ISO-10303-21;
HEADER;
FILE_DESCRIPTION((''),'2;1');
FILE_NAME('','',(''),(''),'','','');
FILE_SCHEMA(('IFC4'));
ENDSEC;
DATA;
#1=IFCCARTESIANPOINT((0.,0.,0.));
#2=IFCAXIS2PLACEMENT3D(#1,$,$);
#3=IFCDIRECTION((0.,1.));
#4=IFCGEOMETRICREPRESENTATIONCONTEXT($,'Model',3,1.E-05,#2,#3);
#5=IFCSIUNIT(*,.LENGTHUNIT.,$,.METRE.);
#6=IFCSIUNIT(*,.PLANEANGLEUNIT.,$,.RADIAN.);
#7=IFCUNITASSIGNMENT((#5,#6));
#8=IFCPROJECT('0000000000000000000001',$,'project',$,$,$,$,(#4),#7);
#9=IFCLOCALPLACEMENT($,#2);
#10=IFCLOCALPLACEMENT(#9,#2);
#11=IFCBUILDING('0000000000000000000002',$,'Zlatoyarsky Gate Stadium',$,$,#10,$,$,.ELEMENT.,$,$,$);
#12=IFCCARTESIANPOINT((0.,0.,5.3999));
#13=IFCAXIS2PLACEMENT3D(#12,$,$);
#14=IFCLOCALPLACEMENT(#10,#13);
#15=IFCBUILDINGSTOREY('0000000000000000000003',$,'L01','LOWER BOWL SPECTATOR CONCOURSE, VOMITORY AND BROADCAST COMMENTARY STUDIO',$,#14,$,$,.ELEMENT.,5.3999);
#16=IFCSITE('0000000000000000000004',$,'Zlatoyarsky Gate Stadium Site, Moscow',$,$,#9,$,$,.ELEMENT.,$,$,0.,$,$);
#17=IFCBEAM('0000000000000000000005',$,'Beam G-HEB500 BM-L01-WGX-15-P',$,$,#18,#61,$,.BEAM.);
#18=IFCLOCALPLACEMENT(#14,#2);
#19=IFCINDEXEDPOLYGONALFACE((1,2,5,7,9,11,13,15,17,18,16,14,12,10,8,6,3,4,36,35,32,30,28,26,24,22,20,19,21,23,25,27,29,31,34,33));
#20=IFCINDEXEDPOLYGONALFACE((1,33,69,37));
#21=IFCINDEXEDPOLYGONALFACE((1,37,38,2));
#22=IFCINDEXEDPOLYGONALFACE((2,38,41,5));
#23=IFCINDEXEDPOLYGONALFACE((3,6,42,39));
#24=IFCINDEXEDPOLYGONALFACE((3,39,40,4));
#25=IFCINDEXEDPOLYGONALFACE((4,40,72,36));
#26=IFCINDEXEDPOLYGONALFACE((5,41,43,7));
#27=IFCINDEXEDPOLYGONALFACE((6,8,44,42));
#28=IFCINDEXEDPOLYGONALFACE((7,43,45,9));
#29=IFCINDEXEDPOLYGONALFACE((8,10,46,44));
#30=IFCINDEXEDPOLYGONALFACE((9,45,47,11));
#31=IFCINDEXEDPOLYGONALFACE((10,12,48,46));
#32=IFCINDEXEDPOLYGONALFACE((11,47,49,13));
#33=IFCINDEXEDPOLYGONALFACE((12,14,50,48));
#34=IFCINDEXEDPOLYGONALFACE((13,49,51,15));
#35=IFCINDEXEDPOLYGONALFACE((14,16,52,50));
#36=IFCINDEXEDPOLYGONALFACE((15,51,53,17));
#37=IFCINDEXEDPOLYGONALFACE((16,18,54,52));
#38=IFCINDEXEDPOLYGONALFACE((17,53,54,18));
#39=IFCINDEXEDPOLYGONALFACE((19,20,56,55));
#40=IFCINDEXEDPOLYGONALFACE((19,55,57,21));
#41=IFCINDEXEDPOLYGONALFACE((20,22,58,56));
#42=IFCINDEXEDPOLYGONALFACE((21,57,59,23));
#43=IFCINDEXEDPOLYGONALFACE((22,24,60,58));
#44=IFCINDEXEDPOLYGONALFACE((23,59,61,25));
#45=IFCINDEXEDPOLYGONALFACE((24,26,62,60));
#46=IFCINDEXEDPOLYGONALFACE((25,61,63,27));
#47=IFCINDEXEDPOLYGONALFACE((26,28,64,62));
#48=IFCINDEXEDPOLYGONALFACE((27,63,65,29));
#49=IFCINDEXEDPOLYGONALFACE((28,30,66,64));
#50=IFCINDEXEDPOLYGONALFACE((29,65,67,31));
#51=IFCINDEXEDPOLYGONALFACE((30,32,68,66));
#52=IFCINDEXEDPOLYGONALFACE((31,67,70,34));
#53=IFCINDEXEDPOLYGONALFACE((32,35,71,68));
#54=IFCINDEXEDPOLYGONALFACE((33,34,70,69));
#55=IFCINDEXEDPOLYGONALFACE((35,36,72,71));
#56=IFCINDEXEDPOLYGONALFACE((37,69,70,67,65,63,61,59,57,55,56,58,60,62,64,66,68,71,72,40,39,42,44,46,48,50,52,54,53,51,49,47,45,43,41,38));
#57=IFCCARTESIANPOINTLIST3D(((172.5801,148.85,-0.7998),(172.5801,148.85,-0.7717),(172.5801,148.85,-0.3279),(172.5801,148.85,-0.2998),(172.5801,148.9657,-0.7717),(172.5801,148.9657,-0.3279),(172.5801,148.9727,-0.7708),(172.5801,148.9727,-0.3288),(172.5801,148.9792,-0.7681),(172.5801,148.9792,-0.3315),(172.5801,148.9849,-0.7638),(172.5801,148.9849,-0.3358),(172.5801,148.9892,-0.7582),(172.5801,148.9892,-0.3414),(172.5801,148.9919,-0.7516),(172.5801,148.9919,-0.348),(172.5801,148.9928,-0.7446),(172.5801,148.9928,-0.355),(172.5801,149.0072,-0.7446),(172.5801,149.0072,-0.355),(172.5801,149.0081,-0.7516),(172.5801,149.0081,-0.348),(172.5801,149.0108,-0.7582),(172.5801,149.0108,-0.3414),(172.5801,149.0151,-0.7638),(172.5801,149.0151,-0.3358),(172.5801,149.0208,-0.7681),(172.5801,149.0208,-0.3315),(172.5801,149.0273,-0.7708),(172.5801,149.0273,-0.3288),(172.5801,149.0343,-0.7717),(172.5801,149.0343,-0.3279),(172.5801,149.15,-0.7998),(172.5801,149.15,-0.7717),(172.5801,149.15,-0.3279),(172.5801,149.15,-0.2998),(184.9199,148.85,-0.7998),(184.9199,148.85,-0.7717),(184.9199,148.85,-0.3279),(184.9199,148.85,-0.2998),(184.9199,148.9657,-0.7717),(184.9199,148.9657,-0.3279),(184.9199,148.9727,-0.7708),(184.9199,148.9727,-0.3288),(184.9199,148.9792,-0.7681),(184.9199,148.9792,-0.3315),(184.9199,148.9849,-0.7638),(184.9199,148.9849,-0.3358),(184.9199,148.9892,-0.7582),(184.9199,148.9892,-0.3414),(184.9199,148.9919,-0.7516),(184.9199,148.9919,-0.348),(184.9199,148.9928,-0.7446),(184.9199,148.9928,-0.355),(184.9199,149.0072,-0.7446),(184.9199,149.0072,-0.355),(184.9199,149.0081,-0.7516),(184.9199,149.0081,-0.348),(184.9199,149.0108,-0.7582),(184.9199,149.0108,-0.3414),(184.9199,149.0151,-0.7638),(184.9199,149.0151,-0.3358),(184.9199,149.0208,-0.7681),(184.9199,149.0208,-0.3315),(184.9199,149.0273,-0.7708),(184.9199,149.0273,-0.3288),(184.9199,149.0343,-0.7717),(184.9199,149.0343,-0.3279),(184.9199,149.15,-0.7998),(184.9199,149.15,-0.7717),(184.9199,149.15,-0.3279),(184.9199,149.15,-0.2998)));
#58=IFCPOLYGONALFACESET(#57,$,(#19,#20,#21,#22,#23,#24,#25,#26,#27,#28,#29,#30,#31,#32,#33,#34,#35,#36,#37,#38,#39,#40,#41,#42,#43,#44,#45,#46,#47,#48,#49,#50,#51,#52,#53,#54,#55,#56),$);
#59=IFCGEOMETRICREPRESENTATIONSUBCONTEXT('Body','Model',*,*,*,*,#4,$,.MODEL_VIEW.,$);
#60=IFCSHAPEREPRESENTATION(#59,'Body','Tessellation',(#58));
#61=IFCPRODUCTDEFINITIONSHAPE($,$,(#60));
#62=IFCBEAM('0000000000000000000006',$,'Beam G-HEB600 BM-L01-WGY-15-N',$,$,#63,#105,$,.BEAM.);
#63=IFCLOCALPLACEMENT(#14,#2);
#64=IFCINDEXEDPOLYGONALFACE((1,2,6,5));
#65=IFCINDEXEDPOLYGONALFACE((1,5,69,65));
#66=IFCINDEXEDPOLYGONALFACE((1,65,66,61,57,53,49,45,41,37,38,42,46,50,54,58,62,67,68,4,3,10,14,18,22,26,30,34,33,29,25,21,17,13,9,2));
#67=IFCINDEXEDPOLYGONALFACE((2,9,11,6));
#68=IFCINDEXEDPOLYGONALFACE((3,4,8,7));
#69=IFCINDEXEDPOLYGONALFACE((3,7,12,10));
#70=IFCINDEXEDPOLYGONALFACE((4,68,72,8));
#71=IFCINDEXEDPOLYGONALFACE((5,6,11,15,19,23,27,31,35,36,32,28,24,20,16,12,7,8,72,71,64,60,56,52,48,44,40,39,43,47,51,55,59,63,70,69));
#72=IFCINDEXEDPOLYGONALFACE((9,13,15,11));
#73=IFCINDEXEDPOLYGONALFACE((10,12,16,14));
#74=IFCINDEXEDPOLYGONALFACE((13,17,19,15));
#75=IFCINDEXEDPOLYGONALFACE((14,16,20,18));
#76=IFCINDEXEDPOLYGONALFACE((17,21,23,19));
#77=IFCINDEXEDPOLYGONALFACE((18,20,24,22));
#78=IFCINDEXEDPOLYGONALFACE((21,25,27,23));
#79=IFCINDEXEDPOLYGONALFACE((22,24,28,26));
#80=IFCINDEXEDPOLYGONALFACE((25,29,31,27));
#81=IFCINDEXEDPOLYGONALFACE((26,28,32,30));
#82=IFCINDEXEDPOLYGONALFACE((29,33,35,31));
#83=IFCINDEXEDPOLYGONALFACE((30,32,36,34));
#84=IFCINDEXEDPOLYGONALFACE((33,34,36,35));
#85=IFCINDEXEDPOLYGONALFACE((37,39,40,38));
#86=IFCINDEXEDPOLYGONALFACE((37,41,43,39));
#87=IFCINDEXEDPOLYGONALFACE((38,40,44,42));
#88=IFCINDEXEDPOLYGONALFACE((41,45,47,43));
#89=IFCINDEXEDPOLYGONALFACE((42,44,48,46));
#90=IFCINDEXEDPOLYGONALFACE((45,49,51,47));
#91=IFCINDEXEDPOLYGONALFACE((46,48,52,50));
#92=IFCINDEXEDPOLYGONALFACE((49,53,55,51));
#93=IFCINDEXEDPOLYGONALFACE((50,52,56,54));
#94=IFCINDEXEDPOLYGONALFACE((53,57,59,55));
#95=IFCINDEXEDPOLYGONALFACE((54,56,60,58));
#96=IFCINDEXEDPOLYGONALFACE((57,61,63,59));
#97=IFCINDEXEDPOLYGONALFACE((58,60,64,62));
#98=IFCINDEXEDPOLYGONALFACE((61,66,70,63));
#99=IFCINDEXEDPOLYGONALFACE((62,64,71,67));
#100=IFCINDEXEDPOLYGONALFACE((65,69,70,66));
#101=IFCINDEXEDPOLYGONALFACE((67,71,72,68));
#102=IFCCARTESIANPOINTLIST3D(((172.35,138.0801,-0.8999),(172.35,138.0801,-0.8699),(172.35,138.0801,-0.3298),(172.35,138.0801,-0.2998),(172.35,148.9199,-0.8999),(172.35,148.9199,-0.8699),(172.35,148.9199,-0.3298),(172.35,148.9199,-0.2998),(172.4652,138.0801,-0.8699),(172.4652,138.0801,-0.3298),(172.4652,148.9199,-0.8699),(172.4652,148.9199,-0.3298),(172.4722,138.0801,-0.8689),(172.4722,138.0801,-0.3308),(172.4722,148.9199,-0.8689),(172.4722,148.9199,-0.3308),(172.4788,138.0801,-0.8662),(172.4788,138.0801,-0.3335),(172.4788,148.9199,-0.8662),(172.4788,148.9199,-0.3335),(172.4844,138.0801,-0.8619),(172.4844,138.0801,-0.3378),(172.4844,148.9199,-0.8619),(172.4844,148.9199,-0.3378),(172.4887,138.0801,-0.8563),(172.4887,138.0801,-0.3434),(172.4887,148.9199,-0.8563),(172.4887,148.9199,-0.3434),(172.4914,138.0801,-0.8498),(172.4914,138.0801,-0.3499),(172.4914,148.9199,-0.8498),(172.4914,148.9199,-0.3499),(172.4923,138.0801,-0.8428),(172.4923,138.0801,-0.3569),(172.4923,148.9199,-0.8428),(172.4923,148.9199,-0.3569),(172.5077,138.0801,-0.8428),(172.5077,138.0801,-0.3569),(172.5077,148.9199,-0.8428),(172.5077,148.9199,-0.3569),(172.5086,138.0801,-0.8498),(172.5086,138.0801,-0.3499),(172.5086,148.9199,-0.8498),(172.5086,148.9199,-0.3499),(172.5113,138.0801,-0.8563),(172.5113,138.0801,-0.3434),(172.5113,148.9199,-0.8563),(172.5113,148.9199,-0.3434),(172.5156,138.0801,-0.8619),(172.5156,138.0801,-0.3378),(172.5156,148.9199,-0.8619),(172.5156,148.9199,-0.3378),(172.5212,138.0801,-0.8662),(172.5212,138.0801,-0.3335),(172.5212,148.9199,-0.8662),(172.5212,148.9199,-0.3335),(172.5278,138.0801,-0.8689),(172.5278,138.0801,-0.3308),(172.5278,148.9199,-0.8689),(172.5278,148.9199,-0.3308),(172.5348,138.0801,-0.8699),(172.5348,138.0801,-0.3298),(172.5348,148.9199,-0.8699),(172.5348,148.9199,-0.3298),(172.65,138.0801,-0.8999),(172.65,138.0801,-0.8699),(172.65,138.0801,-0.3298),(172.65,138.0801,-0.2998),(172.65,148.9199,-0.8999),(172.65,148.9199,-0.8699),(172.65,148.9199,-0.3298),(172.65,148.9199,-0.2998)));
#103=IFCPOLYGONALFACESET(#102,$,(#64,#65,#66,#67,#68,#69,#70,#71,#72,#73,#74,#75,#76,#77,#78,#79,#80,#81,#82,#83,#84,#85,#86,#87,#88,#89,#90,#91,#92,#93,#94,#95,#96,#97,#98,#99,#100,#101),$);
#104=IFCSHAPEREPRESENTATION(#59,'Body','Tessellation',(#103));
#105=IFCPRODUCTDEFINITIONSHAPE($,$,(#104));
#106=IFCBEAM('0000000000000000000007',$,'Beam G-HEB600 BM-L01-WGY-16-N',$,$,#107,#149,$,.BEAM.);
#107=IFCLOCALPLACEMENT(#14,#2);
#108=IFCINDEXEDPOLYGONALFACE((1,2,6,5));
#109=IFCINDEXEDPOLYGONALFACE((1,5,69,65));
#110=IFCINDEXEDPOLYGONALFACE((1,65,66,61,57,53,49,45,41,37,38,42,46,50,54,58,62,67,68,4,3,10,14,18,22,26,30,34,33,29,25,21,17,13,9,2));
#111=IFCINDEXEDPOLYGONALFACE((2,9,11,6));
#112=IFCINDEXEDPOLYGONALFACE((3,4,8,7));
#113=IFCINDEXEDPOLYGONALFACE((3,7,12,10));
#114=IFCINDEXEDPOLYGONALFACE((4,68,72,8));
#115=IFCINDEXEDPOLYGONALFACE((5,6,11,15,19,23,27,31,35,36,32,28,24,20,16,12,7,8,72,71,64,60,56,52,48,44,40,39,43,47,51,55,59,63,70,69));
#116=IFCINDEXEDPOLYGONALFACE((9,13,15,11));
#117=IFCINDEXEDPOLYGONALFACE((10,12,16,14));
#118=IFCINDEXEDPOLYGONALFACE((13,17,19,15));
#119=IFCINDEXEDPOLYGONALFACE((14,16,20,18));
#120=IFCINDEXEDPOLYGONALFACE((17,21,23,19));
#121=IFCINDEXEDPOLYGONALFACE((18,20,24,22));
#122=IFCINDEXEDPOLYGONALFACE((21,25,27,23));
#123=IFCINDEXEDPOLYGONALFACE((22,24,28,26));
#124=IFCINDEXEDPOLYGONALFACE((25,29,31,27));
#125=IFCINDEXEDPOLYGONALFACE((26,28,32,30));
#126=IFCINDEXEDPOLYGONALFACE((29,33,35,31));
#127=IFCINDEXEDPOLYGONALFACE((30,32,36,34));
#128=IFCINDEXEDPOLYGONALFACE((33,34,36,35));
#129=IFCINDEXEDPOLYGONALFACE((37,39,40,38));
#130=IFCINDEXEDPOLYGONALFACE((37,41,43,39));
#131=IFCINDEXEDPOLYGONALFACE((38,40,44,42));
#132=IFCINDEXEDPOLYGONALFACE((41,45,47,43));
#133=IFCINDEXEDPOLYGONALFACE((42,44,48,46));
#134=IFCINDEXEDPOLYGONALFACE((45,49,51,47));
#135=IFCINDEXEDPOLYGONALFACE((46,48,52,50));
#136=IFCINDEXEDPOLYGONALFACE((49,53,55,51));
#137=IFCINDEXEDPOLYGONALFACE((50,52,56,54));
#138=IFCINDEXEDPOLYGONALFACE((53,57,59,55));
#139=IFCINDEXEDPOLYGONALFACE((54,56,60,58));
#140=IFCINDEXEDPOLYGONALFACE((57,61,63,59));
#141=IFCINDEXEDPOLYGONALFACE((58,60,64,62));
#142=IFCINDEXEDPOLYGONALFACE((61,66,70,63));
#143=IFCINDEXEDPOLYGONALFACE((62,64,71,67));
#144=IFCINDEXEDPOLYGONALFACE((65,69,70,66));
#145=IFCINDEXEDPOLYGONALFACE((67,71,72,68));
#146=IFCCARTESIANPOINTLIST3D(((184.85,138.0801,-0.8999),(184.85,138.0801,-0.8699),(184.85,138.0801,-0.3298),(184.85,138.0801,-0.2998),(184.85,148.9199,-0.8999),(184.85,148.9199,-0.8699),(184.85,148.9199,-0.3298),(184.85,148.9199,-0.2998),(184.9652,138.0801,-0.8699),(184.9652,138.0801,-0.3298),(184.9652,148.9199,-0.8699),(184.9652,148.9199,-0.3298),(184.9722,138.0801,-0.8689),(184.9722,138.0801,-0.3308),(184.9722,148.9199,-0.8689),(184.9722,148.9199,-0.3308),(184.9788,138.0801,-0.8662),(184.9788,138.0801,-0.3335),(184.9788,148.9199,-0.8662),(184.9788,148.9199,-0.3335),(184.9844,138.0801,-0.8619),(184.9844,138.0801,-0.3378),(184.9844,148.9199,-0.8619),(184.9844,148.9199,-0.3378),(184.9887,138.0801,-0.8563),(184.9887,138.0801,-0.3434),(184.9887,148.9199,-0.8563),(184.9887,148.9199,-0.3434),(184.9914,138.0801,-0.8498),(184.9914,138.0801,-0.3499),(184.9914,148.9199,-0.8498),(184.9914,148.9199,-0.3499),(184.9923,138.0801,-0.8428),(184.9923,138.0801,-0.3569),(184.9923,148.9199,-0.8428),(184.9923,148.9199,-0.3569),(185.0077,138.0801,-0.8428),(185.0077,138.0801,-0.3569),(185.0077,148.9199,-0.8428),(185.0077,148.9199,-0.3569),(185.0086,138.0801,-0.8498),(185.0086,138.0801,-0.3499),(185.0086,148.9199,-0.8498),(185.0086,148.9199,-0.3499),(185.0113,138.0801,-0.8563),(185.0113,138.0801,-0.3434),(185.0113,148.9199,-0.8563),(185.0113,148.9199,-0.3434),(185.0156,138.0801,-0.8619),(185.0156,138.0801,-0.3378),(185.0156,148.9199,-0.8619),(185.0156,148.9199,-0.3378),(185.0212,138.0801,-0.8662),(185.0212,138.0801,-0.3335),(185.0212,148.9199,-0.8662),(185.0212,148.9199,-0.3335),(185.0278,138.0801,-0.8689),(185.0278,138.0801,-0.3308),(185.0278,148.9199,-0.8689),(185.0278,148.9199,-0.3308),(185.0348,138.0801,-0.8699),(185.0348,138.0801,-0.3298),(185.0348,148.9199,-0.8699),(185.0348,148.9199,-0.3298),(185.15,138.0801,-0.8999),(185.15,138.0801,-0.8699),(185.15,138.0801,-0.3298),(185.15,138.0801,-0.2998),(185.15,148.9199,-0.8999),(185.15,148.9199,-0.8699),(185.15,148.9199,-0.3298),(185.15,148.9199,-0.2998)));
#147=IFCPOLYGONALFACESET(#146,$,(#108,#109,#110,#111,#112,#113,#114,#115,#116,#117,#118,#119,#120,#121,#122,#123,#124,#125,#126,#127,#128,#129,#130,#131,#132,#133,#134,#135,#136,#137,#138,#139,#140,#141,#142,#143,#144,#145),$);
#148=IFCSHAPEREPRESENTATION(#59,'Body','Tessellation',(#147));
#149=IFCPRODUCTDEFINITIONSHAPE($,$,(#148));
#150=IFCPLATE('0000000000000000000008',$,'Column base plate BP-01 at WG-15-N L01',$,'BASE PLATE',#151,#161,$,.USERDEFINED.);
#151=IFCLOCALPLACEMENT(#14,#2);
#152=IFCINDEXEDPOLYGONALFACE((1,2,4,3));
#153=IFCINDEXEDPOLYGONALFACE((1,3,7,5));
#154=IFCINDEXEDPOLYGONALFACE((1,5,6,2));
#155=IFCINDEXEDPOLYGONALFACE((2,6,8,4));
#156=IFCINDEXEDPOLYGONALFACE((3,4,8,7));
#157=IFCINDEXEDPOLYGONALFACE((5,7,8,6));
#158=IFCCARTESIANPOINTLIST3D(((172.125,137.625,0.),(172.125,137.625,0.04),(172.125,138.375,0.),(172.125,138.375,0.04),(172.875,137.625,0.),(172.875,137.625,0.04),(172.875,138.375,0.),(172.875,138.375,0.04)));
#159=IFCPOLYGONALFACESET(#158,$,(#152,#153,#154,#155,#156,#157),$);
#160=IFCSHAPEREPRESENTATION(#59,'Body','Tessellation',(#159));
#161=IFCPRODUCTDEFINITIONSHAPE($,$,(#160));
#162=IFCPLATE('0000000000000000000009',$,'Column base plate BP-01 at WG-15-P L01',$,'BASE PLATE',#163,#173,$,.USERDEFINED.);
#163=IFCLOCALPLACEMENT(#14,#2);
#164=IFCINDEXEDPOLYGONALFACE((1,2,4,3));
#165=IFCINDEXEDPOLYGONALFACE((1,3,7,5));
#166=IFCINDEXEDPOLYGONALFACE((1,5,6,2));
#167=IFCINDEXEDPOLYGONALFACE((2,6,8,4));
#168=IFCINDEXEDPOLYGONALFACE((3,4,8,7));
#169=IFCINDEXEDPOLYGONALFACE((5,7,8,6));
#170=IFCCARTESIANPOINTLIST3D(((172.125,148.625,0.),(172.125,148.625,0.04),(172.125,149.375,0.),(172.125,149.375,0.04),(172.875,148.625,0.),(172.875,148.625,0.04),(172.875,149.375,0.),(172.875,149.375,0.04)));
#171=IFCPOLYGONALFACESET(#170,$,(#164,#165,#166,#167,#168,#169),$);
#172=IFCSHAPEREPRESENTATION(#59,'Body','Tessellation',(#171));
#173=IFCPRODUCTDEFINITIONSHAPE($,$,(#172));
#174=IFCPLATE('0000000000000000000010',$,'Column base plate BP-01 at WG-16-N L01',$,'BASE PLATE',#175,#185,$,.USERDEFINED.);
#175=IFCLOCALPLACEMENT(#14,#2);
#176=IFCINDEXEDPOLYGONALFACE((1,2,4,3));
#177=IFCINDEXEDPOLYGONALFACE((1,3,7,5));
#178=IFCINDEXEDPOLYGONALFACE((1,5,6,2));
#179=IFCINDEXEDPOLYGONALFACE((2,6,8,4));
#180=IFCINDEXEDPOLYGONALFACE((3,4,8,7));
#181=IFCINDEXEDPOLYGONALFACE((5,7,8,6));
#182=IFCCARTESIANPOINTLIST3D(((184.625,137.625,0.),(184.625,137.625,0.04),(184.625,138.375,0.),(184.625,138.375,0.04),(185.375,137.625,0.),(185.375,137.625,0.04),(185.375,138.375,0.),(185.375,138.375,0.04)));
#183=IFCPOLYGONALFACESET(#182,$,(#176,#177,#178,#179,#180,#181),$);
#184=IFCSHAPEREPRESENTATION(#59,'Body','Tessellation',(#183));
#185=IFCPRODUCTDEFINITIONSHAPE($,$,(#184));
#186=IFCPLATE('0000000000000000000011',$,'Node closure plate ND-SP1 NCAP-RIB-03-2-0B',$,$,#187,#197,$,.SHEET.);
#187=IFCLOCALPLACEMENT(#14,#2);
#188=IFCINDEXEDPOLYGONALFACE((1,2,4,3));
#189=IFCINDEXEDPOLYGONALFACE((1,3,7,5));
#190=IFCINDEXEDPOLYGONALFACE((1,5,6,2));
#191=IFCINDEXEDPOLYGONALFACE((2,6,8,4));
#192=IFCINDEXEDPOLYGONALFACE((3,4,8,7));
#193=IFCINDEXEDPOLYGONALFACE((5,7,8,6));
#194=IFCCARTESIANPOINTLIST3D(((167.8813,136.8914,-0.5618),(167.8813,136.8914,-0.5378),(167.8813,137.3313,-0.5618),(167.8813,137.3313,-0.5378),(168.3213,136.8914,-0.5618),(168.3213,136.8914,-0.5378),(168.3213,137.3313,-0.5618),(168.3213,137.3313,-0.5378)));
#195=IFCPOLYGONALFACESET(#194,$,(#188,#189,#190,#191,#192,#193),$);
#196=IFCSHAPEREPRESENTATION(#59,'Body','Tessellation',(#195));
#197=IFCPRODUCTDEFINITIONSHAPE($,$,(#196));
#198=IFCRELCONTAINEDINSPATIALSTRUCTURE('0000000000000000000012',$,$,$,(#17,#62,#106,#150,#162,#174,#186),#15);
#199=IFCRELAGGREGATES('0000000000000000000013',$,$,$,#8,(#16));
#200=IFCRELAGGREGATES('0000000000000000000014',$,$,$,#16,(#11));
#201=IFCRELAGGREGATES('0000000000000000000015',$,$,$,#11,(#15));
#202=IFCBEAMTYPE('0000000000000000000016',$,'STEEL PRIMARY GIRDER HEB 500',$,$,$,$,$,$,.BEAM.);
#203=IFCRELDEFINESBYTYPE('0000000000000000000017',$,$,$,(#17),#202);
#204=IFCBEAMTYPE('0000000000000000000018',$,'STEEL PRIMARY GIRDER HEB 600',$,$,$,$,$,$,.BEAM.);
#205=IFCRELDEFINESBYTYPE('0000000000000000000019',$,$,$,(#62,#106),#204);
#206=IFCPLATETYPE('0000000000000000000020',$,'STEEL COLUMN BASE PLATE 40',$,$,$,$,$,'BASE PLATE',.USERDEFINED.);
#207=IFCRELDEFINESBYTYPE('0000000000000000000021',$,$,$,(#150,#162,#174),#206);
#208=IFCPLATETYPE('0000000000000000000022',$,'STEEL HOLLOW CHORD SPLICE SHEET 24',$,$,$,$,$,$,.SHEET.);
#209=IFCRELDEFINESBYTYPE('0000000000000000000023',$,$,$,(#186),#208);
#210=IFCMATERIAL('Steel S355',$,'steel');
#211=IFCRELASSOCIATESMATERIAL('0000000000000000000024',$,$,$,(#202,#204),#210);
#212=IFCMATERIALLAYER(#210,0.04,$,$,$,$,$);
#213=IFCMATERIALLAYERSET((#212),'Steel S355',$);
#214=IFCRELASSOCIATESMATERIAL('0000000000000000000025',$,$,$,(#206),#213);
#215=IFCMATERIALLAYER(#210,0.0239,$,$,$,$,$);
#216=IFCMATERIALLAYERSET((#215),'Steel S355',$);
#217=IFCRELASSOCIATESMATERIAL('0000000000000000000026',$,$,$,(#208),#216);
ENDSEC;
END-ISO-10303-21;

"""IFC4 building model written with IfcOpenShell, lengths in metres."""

from ifc_helpers import new_model, si_unit, direction, frame, origin, origin_2d, place, context, subcontext, project, spatial, rectangle, i_section, extrude, material, layer, layer_set, material_profile, profile_set, type_object, element, save


model = new_model("IFC4")

# Units and contexts
model_context = context("Model", 3, precision=1e-05, world=origin(), true_north=direction((0.0, 1.0)))
body_context = subcontext(model_context, "Body", "Model", "MODEL_VIEW")
ifc_project = project(units=[si_unit("LENGTHUNIT", "METRE"), si_unit("PLANEANGLEUNIT", "RADIAN")], contexts=[model_context])

# Site, building, storey
site_placement = place(None, origin())
site = spatial("IfcSite", under=ifc_project, at=site_placement, Name="Zlatoyarsky Gate Stadium Site, Moscow", CompositionType="ELEMENT", RefElevation=0.0)
building_placement = place(site_placement, origin())
building = spatial("IfcBuilding", under=site, at=building_placement, Name="Zlatoyarsky Gate Stadium", CompositionType="ELEMENT")
storey_placement = place(building_placement, frame((0.0, 0.0, 5.3999)))
storey = spatial("IfcBuildingStorey", under=building, at=storey_placement, Name="L01", Description="LOWER BOWL SPECTATOR CONCOURSE, VOMITORY AND BROADCAST COMMENTARY STUDIO", CompositionType="ELEMENT", Elevation=5.3999)

# Shared definitions
ifc_material_1 = material(Name="Steel S355", Category="steel")

# Beams
ifc_material_profile_1 = material_profile(ifc_material_1, i_section(OverallWidth=0.3, OverallDepth=0.5, WebThickness=0.0144, FlangeThickness=0.0281, FilletRadius=0.0271, at=origin_2d()), Name="HEB 500")
ifc_profile_set_1 = profile_set([ifc_material_profile_1], Name="Steel S355")
beam_type_1 = type_object("IfcBeamType", Name="STEEL PRIMARY GIRDER HEB 500", PredefinedType="BEAM", material=ifc_profile_set_1)
for number, where, z_axis, x_axis, name in (
    (1, (172.5801, 149.0, -0.5498), (1.0, 0.0, 0.0), (0.0, 1.0, 0.0), "Beam G-HEB500 BM-L01-WGX-15-P"),
):
    element("IfcBeam", number, at=place(storey_placement, frame(where, z_axis=z_axis, x_axis=x_axis)), inside=storey, type_object=beam_type_1, Name=name, PredefinedType="BEAM", context=body_context, shape_type="SweptSolid", body=[
        extrude(i_section(OverallWidth=0.3, OverallDepth=0.5, WebThickness=0.0144, FlangeThickness=0.0281, FilletRadius=0.0271, at=origin_2d()), origin(), (0.0, 0.0, 1.0), 12.3398),
    ])
ifc_material_profile_2 = material_profile(ifc_material_1, i_section(OverallWidth=0.3, OverallDepth=0.6001, WebThickness=0.0154, FlangeThickness=0.03, FilletRadius=0.0271, at=origin_2d()), Name="HEB 600")
ifc_profile_set_2 = profile_set([ifc_material_profile_2], Name="Steel S355")
beam_type_2 = type_object("IfcBeamType", Name="STEEL PRIMARY GIRDER HEB 600", PredefinedType="BEAM", material=ifc_profile_set_2)
for number, where, z_axis, x_axis, name in (
    (2, (172.5, 138.0801, -0.5999), (0.0, 1.0, 0.0), (-1.0, 0.0, 0.0), "Beam G-HEB600 BM-L01-WGY-15-N"),
    (3, (185.0, 138.0801, -0.5999), (0.0, 1.0, 0.0), (-1.0, 0.0, 0.0), "Beam G-HEB600 BM-L01-WGY-16-N"),
):
    element("IfcBeam", number, at=place(storey_placement, frame(where, z_axis=z_axis, x_axis=x_axis)), inside=storey, type_object=beam_type_2, Name=name, PredefinedType="BEAM", context=body_context, shape_type="SweptSolid", body=[
        extrude(i_section(OverallWidth=0.3, OverallDepth=0.6001, WebThickness=0.0154, FlangeThickness=0.03, FilletRadius=0.0271, at=origin_2d()), origin(), (0.0, 0.0, 1.0), 10.8398),
    ])

# Plates
ifc_layer_1 = layer(ifc_material_1, 0.04)
ifc_layer_set_1 = layer_set([ifc_layer_1], Name="Steel S355")
plate_type_1 = type_object("IfcPlateType", Name="STEEL COLUMN BASE PLATE 40", ElementType="BASE PLATE", PredefinedType="USERDEFINED", material=ifc_layer_set_1)
for number, where, z_axis, x_axis, name in (
    (4, (172.5, 138.0, 0.0), (0.0, 0.0, 1.0), (1.0, 0.0, 0.0), "Column base plate BP-01 at WG-15-N L01"),
    (5, (172.5, 149.0, 0.0), (0.0, 0.0, 1.0), (1.0, 0.0, 0.0), "Column base plate BP-01 at WG-15-P L01"),
    (6, (185.0, 138.0, 0.0), (0.0, 0.0, 1.0), (1.0, 0.0, 0.0), "Column base plate BP-01 at WG-16-N L01"),
):
    element("IfcPlate", number, at=place(storey_placement, frame(where, z_axis=z_axis, x_axis=x_axis)), inside=storey, type_object=plate_type_1, Name=name, ObjectType="BASE PLATE", PredefinedType="USERDEFINED", context=body_context, shape_type="SweptSolid", body=[
        extrude(rectangle(XDim=0.75, YDim=0.75, at=origin_2d()), origin(), (0.0, 0.0, 1.0), 0.04),
    ])
ifc_layer_2 = layer(ifc_material_1, 0.0239)
ifc_layer_set_2 = layer_set([ifc_layer_2], Name="Steel S355")
plate_type_2 = type_object("IfcPlateType", Name="STEEL HOLLOW CHORD SPLICE SHEET 24", PredefinedType="SHEET", material=ifc_layer_set_2)
plate_1_placement = place(storey_placement, frame((168.1013, 137.1113, -0.5618), z_axis=(0.0, 0.0, 1.0), x_axis=(1.0, 0.0, 0.0)))
element("IfcPlate", 7, at=plate_1_placement, inside=storey, type_object=plate_type_2, Name="Node closure plate ND-SP1 NCAP-RIB-03-2-0B", PredefinedType="SHEET", context=body_context, shape_type="SweptSolid", body=[
    extrude(rectangle(XDim=0.4399, YDim=0.4399, at=origin_2d()), origin(), (0.0, 0.0, 1.0), 0.0239),
])

save(model, "model.ifc")
